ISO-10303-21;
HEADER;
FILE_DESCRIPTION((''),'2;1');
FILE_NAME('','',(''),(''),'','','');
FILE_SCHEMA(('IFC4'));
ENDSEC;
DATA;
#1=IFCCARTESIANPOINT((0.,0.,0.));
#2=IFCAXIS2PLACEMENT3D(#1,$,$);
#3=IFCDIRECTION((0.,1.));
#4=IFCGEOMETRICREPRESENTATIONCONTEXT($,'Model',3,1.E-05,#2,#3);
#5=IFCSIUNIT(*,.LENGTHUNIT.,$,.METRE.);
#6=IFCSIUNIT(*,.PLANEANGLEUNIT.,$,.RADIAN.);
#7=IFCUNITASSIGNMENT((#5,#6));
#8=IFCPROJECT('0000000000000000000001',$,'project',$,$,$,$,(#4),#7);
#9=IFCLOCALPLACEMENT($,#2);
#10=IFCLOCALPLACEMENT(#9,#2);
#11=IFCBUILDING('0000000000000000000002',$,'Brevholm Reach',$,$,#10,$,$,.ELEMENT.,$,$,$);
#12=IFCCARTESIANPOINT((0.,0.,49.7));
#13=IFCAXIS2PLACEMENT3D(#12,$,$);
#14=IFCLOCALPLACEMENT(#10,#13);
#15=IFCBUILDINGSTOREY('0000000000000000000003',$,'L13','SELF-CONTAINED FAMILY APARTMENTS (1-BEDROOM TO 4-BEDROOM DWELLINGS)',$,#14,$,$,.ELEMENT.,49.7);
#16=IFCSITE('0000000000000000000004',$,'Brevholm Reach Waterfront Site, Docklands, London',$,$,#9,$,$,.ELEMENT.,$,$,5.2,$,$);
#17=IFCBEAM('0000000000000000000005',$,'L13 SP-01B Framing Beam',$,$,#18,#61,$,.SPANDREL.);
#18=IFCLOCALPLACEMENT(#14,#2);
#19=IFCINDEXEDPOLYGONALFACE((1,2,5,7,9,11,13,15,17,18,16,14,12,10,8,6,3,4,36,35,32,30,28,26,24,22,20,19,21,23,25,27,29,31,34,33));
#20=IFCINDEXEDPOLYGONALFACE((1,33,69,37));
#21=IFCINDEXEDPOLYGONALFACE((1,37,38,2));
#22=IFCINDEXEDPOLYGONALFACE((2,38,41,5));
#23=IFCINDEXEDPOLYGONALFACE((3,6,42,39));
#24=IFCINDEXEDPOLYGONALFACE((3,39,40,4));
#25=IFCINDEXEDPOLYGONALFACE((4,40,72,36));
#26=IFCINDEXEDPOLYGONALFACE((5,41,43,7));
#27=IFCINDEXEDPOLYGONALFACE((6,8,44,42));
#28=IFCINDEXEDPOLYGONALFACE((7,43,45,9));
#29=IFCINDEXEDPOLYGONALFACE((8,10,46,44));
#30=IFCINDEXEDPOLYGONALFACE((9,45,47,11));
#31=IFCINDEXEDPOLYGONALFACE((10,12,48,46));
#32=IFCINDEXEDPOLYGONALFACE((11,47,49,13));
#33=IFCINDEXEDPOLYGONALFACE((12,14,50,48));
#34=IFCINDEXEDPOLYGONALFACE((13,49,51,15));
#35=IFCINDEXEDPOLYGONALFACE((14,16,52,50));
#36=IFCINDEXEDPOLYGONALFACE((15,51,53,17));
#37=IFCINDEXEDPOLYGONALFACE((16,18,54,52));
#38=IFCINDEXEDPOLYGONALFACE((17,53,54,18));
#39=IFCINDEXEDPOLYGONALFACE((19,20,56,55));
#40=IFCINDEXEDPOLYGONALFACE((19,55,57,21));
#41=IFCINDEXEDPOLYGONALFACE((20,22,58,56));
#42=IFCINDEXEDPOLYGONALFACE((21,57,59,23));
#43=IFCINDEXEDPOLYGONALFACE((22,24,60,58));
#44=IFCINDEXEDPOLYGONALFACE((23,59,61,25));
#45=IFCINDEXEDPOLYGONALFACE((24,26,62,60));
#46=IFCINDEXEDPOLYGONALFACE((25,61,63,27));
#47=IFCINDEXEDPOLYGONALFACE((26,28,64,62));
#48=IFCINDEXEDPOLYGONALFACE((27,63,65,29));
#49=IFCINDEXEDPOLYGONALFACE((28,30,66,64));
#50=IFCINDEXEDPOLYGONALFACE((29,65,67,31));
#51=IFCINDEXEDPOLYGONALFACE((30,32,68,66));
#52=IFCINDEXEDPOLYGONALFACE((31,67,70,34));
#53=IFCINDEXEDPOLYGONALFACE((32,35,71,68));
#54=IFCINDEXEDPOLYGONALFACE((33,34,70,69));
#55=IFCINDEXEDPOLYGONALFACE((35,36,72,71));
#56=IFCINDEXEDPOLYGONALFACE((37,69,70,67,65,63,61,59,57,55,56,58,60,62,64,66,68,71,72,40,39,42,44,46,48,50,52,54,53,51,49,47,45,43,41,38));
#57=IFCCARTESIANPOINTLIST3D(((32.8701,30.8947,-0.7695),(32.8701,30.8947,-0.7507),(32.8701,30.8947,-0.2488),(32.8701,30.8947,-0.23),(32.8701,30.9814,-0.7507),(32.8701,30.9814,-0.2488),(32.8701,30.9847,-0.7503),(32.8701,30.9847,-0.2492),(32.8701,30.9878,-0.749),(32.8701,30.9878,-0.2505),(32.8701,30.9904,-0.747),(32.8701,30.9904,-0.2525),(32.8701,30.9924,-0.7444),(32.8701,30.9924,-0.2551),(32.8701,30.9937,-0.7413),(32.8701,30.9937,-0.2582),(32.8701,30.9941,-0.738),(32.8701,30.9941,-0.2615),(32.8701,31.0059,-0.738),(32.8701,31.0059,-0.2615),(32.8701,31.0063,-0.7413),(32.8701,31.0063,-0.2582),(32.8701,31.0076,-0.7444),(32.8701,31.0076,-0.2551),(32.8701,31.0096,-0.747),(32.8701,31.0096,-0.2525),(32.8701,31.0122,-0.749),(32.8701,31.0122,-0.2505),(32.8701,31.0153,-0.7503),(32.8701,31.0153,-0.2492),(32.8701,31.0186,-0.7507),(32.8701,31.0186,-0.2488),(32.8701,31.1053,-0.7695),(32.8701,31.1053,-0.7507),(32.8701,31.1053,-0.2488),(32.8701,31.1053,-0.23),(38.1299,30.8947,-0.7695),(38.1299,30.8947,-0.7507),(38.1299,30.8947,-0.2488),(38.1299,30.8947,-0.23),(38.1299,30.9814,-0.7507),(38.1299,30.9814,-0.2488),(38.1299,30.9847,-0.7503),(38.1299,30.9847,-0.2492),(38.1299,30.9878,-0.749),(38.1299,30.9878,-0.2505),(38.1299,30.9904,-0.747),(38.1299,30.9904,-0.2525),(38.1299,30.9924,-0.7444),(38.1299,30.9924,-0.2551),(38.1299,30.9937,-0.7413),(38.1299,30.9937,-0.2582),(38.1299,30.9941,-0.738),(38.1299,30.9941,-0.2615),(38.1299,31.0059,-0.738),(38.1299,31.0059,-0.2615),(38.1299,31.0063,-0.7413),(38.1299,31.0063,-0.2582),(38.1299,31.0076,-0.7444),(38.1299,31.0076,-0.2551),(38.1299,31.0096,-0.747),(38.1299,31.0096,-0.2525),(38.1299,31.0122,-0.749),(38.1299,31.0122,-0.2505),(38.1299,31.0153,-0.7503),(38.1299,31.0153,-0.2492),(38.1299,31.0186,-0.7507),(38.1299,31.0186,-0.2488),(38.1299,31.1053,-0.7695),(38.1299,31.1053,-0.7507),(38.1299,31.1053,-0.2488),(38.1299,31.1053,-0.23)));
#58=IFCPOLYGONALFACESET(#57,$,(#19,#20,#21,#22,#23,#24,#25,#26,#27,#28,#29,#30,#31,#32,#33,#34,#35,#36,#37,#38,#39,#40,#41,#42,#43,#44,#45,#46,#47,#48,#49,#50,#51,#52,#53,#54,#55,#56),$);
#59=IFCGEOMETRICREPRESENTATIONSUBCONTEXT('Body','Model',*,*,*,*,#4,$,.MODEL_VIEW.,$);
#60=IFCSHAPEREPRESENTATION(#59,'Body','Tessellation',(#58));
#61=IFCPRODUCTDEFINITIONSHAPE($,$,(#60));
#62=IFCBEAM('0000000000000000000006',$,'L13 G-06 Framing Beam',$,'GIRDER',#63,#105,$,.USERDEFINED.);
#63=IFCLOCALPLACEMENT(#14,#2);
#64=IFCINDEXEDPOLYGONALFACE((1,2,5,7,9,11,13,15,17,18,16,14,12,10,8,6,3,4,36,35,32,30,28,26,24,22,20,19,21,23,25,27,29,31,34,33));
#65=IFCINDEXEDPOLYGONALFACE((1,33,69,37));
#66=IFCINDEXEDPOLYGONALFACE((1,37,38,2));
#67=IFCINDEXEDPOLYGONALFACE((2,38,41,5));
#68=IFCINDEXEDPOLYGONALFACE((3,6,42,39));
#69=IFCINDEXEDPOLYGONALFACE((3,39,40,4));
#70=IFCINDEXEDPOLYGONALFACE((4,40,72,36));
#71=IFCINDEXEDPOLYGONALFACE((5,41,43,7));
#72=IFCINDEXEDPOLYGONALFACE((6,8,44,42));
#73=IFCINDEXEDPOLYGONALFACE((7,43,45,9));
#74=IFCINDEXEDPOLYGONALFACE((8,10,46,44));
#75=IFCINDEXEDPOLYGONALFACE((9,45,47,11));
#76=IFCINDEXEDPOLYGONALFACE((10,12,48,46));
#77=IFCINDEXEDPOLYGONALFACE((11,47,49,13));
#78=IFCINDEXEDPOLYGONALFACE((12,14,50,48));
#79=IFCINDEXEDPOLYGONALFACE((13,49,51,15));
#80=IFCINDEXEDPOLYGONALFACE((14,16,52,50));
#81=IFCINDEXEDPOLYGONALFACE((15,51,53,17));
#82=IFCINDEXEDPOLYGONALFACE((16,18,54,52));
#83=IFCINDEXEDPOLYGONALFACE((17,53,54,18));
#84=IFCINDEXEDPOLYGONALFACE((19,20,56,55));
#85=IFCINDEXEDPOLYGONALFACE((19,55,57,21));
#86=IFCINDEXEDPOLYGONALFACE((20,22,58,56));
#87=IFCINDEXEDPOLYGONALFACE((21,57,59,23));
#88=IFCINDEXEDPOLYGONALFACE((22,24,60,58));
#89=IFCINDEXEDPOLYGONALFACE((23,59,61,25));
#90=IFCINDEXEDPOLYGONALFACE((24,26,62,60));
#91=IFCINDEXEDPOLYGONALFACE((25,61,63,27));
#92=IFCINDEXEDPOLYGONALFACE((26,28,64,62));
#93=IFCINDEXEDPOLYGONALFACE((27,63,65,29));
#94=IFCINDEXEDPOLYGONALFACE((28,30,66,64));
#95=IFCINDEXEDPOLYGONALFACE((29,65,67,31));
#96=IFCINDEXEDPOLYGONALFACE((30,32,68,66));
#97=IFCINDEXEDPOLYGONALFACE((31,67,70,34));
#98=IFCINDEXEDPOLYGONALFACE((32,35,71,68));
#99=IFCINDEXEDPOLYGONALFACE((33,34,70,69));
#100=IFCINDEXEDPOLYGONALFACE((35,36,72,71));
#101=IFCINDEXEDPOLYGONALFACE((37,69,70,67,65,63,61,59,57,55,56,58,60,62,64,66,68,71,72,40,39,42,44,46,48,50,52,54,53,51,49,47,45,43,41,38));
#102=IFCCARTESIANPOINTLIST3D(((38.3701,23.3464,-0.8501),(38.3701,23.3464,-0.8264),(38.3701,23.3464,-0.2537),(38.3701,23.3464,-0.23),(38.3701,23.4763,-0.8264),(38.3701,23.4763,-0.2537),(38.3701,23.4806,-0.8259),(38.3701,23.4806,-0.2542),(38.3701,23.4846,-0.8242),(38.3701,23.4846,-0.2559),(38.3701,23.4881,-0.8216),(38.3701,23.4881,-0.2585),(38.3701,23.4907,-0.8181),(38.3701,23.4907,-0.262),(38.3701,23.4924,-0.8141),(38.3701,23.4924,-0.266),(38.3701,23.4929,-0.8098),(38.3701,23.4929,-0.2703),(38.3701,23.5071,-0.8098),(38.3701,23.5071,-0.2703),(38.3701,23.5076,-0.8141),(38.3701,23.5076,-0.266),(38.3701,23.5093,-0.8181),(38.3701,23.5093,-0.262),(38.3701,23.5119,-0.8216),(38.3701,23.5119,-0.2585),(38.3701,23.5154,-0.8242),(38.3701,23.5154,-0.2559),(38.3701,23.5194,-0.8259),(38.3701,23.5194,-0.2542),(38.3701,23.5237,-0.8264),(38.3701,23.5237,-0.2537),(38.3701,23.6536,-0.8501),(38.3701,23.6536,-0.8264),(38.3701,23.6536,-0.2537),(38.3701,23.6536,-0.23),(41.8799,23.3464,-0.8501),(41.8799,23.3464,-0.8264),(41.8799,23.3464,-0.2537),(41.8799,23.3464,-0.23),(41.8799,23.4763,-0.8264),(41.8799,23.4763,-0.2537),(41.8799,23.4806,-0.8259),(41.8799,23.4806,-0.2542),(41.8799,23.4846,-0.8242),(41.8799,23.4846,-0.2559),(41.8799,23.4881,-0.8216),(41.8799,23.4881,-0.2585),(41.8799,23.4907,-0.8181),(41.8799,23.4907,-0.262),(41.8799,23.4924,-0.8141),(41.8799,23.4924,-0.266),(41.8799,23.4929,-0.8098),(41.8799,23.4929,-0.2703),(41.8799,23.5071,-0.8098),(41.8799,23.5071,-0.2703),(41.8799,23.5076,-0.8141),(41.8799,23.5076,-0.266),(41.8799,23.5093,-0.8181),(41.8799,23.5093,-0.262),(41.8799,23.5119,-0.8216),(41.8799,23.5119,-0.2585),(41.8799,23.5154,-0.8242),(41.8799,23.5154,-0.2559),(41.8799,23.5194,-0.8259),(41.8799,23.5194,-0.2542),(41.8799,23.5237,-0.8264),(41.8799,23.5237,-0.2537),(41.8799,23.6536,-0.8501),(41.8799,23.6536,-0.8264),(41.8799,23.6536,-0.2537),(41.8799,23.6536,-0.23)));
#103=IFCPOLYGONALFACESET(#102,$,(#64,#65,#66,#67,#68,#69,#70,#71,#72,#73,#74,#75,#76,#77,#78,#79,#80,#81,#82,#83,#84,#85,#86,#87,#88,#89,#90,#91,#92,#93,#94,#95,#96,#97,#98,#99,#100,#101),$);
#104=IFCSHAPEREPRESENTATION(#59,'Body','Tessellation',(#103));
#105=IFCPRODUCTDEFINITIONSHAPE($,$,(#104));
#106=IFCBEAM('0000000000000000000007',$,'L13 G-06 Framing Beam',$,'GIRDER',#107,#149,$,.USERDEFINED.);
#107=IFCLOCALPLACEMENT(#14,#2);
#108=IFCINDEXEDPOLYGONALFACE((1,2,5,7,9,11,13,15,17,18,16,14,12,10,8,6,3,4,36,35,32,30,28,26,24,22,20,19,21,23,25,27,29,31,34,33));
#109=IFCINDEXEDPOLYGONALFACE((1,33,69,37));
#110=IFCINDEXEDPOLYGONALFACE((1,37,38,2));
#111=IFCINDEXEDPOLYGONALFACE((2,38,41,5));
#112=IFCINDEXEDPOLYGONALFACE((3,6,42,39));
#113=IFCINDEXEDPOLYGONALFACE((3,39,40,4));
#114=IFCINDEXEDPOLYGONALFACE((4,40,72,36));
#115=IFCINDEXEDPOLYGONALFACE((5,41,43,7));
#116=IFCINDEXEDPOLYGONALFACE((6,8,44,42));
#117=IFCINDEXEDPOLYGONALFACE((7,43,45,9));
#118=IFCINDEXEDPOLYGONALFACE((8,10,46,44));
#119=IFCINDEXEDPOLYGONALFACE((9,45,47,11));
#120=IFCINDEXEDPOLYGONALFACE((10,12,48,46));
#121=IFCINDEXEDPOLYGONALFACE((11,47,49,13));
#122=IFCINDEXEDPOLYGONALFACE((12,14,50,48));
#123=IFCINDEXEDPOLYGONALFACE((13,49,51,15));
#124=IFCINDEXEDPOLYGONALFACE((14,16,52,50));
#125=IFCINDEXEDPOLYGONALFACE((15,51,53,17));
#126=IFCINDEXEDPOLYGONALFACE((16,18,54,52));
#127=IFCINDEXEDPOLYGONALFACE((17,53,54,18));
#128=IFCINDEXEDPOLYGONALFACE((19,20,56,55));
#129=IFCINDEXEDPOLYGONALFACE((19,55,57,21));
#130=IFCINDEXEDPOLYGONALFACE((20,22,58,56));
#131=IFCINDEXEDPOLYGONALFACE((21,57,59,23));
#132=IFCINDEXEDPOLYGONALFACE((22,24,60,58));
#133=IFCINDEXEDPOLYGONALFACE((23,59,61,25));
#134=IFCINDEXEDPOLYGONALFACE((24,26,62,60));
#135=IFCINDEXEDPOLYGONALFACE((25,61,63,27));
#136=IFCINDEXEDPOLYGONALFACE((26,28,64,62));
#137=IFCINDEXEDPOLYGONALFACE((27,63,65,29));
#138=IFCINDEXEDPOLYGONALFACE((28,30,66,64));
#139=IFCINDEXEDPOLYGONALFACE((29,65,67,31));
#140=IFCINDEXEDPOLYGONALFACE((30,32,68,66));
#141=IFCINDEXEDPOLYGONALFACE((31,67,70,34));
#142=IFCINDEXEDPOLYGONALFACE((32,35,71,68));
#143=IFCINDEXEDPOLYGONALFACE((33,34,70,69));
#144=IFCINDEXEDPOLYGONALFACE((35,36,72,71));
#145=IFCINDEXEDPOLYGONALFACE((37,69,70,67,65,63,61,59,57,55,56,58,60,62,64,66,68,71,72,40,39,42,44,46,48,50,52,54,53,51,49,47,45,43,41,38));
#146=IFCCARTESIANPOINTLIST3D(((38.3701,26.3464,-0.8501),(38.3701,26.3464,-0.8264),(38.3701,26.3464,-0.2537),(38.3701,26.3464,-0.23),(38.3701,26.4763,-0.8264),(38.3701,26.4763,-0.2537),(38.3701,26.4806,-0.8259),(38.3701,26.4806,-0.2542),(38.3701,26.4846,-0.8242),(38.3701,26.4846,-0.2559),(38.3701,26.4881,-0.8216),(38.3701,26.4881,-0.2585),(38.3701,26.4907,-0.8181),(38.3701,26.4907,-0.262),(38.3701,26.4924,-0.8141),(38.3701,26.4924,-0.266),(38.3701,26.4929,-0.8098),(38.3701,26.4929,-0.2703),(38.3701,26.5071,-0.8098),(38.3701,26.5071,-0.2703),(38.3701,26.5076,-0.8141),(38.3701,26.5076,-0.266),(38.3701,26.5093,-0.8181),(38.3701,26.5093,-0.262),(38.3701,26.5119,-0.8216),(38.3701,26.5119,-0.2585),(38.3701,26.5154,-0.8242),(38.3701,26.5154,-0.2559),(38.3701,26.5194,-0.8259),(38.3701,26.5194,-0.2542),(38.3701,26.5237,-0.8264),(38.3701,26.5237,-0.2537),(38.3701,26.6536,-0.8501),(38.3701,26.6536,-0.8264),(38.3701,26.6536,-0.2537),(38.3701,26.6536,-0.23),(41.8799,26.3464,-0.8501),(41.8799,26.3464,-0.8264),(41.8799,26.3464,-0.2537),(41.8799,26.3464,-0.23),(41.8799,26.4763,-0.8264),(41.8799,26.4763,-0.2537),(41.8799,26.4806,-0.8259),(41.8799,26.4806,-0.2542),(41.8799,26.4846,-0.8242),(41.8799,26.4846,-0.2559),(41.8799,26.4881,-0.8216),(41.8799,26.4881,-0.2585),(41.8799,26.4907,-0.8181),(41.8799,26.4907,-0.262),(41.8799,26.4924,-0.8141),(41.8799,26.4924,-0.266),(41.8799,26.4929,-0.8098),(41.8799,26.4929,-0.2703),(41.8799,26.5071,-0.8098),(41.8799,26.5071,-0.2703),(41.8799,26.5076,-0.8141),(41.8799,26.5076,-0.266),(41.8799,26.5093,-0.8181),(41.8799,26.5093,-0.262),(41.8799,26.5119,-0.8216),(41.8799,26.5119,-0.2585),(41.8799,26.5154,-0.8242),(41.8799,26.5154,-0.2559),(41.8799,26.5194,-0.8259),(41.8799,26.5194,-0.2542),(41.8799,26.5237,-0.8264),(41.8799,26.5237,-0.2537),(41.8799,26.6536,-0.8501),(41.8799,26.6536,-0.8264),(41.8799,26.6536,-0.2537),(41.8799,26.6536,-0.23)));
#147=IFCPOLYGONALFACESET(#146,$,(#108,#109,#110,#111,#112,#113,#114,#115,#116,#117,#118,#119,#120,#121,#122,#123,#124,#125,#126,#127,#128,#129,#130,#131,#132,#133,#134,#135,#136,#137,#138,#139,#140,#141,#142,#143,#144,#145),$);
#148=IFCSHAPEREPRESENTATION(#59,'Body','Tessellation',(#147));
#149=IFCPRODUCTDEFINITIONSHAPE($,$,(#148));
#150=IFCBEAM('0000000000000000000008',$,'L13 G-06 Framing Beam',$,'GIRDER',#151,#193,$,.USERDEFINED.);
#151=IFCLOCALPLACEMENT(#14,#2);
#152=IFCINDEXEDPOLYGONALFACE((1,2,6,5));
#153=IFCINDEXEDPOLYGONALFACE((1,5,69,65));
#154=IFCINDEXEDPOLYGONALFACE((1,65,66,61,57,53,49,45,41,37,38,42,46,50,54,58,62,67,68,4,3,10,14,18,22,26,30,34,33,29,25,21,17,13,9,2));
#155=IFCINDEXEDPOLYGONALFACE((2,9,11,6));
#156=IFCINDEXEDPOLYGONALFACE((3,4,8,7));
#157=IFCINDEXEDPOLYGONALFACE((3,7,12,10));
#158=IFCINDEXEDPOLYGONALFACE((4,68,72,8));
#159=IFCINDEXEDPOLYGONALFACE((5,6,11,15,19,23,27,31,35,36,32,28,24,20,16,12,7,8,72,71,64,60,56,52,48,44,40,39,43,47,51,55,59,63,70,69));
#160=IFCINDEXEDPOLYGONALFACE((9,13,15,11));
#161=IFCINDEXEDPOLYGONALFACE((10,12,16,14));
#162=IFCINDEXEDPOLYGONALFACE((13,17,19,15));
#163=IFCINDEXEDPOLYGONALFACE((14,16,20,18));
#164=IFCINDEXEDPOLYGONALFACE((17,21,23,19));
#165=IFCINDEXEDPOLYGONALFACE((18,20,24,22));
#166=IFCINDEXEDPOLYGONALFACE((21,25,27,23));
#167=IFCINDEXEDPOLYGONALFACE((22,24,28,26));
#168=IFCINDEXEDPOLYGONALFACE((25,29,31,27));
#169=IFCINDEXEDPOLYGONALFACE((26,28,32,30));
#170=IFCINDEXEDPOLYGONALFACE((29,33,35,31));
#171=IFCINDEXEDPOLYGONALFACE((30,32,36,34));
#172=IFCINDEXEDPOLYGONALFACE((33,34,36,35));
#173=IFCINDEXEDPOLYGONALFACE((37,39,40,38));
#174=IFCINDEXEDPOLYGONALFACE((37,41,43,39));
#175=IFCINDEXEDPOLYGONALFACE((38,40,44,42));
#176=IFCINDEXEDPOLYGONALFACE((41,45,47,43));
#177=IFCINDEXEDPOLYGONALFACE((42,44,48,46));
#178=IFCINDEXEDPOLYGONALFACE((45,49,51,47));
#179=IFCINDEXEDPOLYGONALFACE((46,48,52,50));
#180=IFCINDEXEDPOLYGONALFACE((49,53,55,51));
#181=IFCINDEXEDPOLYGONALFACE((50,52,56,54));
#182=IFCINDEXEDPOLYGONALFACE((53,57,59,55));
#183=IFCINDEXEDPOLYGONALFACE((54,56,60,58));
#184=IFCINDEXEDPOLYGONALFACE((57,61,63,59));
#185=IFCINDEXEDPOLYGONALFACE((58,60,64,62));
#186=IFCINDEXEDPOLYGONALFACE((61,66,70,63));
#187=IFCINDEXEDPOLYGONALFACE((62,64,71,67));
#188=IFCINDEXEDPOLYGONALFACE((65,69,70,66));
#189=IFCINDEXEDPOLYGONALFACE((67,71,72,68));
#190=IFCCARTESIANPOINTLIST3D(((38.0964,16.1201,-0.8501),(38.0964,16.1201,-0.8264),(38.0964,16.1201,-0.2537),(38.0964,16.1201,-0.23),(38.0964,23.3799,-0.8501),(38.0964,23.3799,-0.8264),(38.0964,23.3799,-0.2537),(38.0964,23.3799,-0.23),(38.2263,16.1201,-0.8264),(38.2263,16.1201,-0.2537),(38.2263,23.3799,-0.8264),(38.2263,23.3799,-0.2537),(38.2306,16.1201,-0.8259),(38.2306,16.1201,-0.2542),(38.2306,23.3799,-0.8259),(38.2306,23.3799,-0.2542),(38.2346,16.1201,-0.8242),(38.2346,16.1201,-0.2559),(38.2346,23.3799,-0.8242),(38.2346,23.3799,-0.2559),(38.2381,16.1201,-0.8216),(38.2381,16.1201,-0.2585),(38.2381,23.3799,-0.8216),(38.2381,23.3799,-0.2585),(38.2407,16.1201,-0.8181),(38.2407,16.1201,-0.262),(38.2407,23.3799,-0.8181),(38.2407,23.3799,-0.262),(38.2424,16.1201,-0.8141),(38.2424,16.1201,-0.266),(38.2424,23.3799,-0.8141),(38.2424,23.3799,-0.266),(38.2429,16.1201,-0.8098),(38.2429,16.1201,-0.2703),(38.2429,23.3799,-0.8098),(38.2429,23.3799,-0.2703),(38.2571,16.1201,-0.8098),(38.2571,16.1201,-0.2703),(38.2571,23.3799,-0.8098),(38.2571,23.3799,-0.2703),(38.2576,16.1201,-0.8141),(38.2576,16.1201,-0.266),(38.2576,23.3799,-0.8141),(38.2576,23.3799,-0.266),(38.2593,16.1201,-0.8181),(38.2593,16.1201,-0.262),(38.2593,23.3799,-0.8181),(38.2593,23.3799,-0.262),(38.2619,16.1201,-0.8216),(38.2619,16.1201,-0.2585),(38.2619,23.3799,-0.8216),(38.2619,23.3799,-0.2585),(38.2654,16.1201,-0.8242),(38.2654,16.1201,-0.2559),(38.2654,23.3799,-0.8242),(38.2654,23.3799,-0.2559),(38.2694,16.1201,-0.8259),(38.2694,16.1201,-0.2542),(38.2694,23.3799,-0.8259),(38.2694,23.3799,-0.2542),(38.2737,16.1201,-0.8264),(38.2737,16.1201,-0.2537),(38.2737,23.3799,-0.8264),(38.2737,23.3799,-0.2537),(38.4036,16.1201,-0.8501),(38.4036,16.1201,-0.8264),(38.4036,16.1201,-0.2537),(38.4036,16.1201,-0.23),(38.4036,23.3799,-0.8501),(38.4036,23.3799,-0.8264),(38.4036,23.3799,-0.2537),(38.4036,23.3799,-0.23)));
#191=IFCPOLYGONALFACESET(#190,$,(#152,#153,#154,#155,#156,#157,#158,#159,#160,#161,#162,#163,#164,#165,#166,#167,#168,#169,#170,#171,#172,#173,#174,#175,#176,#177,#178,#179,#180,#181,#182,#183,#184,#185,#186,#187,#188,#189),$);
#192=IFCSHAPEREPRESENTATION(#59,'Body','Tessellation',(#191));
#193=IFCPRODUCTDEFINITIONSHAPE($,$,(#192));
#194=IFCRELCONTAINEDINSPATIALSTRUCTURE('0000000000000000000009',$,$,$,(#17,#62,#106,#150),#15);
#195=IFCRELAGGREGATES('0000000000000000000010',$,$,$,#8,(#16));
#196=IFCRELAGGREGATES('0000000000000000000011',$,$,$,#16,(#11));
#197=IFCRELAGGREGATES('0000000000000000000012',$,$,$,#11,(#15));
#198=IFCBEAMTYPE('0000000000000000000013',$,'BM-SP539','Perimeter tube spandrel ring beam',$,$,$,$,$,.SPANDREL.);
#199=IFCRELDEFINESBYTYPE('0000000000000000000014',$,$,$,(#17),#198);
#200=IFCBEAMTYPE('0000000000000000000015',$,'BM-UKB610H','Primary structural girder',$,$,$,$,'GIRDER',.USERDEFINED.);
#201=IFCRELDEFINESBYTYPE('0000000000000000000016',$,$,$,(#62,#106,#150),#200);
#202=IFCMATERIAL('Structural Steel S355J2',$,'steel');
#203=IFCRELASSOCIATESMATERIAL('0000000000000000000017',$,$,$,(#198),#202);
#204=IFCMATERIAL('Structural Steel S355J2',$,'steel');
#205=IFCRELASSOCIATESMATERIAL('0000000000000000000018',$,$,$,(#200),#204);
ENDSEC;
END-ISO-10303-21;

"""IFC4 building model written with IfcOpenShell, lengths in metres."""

from ifc_helpers import new_model, si_unit, direction, frame, origin, origin_2d, place, context, subcontext, project, spatial, i_section, extrude, material, material_profile, profile_set, type_object, element, save


model = new_model("IFC4")

# Units and contexts
model_context = context("Model", 3, precision=1e-05, world=origin(), true_north=direction((0.0, 1.0)))
body_context = subcontext(model_context, "Body", "Model", "MODEL_VIEW")
ifc_project = project(units=[si_unit("LENGTHUNIT", "METRE"), si_unit("PLANEANGLEUNIT", "RADIAN")], contexts=[model_context])

# Site, building, storey
site_placement = place(None, origin())
site = spatial("IfcSite", under=ifc_project, at=site_placement, Name="Brevholm Reach Waterfront Site, Docklands, London", CompositionType="ELEMENT", RefElevation=5.2)
building_placement = place(site_placement, origin())
building = spatial("IfcBuilding", under=site, at=building_placement, Name="Brevholm Reach", CompositionType="ELEMENT")
storey_placement = place(building_placement, frame((0.0, 0.0, 49.7)))
storey = spatial("IfcBuildingStorey", under=building, at=storey_placement, Name="L13", Description="SELF-CONTAINED FAMILY APARTMENTS (1-BEDROOM TO 4-BEDROOM DWELLINGS)", CompositionType="ELEMENT", Elevation=49.7)

# Beams
ifc_material_1 = material(Name="Structural Steel S355J2", Category="steel")
ifc_material_profile_1 = material_profile(ifc_material_1, i_section(OverallWidth=0.2107, OverallDepth=0.5396, WebThickness=0.0117, FlangeThickness=0.0188, FilletRadius=0.0127, at=origin_2d()), Name="UKB 533x210x109")
ifc_profile_set_1 = profile_set([ifc_material_profile_1], Name="Structural Steel S355J2")
beam_type_1 = type_object("IfcBeamType", Name="BM-SP539", Description="Perimeter tube spandrel ring beam", PredefinedType="SPANDREL", material=ifc_profile_set_1)
beam_1_placement = place(storey_placement, frame((32.8701, 31.0, -0.4998), z_axis=(1.0, 0.0, 0.0), x_axis=(0.0, 1.0, 0.0)))
element("IfcBeam", 1, at=beam_1_placement, inside=storey, type_object=beam_type_1, Name="L13 SP-01B Framing Beam", PredefinedType="SPANDREL", context=body_context, shape_type="SweptSolid", body=[
    extrude(i_section(OverallWidth=0.2107, OverallDepth=0.5396, WebThickness=0.0117, FlangeThickness=0.0188, FilletRadius=0.0127, at=origin_2d()), origin(), (0.0, 0.0, 1.0), 5.2598),
])
ifc_material_2 = material(Name="Structural Steel S355J2", Category="steel")
ifc_material_profile_2 = material_profile(ifc_material_2, i_section(OverallWidth=0.3071, OverallDepth=0.6201, WebThickness=0.0142, FlangeThickness=0.0237, FilletRadius=0.0166, at=origin_2d()), Name="UKB 610x305x179")
ifc_profile_set_2 = profile_set([ifc_material_profile_2], Name="Structural Steel S355J2")
beam_type_2 = type_object("IfcBeamType", Name="BM-UKB610H", Description="Primary structural girder", ElementType="GIRDER", PredefinedType="USERDEFINED", material=ifc_profile_set_2)
for number, where, z_axis, x_axis, name in (
    (2, (38.3701, 23.5, -0.54), (1.0, 0.0, 0.0), (0.0, 1.0, 0.0), "L13 G-06 Framing Beam"),
    (3, (38.3701, 26.5, -0.54), (1.0, 0.0, 0.0), (0.0, 1.0, 0.0), "L13 G-06 Framing Beam"),
):
    element("IfcBeam", number, at=place(storey_placement, frame(where, z_axis=z_axis, x_axis=x_axis)), inside=storey, type_object=beam_type_2, Name=name, ObjectType="GIRDER", PredefinedType="USERDEFINED", context=body_context, shape_type="SweptSolid", body=[
        extrude(i_section(OverallWidth=0.3071, OverallDepth=0.6201, WebThickness=0.0142, FlangeThickness=0.0237, FilletRadius=0.0166, at=origin_2d()), origin(), (0.0, 0.0, 1.0), 3.5098),
    ])
beam_2_placement = place(storey_placement, frame((38.25, 16.1201, -0.54), z_axis=(0.0, 1.0, 0.0), x_axis=(-1.0, 0.0, 0.0)))
element("IfcBeam", 4, at=beam_2_placement, inside=storey, type_object=beam_type_2, Name="L13 G-06 Framing Beam", ObjectType="GIRDER", PredefinedType="USERDEFINED", context=body_context, shape_type="SweptSolid", body=[
    extrude(i_section(OverallWidth=0.3071, OverallDepth=0.6201, WebThickness=0.0142, FlangeThickness=0.0237, FilletRadius=0.0166, at=origin_2d()), origin(), (0.0, 0.0, 1.0), 7.2598),
])

save(model, "model.ifc")
